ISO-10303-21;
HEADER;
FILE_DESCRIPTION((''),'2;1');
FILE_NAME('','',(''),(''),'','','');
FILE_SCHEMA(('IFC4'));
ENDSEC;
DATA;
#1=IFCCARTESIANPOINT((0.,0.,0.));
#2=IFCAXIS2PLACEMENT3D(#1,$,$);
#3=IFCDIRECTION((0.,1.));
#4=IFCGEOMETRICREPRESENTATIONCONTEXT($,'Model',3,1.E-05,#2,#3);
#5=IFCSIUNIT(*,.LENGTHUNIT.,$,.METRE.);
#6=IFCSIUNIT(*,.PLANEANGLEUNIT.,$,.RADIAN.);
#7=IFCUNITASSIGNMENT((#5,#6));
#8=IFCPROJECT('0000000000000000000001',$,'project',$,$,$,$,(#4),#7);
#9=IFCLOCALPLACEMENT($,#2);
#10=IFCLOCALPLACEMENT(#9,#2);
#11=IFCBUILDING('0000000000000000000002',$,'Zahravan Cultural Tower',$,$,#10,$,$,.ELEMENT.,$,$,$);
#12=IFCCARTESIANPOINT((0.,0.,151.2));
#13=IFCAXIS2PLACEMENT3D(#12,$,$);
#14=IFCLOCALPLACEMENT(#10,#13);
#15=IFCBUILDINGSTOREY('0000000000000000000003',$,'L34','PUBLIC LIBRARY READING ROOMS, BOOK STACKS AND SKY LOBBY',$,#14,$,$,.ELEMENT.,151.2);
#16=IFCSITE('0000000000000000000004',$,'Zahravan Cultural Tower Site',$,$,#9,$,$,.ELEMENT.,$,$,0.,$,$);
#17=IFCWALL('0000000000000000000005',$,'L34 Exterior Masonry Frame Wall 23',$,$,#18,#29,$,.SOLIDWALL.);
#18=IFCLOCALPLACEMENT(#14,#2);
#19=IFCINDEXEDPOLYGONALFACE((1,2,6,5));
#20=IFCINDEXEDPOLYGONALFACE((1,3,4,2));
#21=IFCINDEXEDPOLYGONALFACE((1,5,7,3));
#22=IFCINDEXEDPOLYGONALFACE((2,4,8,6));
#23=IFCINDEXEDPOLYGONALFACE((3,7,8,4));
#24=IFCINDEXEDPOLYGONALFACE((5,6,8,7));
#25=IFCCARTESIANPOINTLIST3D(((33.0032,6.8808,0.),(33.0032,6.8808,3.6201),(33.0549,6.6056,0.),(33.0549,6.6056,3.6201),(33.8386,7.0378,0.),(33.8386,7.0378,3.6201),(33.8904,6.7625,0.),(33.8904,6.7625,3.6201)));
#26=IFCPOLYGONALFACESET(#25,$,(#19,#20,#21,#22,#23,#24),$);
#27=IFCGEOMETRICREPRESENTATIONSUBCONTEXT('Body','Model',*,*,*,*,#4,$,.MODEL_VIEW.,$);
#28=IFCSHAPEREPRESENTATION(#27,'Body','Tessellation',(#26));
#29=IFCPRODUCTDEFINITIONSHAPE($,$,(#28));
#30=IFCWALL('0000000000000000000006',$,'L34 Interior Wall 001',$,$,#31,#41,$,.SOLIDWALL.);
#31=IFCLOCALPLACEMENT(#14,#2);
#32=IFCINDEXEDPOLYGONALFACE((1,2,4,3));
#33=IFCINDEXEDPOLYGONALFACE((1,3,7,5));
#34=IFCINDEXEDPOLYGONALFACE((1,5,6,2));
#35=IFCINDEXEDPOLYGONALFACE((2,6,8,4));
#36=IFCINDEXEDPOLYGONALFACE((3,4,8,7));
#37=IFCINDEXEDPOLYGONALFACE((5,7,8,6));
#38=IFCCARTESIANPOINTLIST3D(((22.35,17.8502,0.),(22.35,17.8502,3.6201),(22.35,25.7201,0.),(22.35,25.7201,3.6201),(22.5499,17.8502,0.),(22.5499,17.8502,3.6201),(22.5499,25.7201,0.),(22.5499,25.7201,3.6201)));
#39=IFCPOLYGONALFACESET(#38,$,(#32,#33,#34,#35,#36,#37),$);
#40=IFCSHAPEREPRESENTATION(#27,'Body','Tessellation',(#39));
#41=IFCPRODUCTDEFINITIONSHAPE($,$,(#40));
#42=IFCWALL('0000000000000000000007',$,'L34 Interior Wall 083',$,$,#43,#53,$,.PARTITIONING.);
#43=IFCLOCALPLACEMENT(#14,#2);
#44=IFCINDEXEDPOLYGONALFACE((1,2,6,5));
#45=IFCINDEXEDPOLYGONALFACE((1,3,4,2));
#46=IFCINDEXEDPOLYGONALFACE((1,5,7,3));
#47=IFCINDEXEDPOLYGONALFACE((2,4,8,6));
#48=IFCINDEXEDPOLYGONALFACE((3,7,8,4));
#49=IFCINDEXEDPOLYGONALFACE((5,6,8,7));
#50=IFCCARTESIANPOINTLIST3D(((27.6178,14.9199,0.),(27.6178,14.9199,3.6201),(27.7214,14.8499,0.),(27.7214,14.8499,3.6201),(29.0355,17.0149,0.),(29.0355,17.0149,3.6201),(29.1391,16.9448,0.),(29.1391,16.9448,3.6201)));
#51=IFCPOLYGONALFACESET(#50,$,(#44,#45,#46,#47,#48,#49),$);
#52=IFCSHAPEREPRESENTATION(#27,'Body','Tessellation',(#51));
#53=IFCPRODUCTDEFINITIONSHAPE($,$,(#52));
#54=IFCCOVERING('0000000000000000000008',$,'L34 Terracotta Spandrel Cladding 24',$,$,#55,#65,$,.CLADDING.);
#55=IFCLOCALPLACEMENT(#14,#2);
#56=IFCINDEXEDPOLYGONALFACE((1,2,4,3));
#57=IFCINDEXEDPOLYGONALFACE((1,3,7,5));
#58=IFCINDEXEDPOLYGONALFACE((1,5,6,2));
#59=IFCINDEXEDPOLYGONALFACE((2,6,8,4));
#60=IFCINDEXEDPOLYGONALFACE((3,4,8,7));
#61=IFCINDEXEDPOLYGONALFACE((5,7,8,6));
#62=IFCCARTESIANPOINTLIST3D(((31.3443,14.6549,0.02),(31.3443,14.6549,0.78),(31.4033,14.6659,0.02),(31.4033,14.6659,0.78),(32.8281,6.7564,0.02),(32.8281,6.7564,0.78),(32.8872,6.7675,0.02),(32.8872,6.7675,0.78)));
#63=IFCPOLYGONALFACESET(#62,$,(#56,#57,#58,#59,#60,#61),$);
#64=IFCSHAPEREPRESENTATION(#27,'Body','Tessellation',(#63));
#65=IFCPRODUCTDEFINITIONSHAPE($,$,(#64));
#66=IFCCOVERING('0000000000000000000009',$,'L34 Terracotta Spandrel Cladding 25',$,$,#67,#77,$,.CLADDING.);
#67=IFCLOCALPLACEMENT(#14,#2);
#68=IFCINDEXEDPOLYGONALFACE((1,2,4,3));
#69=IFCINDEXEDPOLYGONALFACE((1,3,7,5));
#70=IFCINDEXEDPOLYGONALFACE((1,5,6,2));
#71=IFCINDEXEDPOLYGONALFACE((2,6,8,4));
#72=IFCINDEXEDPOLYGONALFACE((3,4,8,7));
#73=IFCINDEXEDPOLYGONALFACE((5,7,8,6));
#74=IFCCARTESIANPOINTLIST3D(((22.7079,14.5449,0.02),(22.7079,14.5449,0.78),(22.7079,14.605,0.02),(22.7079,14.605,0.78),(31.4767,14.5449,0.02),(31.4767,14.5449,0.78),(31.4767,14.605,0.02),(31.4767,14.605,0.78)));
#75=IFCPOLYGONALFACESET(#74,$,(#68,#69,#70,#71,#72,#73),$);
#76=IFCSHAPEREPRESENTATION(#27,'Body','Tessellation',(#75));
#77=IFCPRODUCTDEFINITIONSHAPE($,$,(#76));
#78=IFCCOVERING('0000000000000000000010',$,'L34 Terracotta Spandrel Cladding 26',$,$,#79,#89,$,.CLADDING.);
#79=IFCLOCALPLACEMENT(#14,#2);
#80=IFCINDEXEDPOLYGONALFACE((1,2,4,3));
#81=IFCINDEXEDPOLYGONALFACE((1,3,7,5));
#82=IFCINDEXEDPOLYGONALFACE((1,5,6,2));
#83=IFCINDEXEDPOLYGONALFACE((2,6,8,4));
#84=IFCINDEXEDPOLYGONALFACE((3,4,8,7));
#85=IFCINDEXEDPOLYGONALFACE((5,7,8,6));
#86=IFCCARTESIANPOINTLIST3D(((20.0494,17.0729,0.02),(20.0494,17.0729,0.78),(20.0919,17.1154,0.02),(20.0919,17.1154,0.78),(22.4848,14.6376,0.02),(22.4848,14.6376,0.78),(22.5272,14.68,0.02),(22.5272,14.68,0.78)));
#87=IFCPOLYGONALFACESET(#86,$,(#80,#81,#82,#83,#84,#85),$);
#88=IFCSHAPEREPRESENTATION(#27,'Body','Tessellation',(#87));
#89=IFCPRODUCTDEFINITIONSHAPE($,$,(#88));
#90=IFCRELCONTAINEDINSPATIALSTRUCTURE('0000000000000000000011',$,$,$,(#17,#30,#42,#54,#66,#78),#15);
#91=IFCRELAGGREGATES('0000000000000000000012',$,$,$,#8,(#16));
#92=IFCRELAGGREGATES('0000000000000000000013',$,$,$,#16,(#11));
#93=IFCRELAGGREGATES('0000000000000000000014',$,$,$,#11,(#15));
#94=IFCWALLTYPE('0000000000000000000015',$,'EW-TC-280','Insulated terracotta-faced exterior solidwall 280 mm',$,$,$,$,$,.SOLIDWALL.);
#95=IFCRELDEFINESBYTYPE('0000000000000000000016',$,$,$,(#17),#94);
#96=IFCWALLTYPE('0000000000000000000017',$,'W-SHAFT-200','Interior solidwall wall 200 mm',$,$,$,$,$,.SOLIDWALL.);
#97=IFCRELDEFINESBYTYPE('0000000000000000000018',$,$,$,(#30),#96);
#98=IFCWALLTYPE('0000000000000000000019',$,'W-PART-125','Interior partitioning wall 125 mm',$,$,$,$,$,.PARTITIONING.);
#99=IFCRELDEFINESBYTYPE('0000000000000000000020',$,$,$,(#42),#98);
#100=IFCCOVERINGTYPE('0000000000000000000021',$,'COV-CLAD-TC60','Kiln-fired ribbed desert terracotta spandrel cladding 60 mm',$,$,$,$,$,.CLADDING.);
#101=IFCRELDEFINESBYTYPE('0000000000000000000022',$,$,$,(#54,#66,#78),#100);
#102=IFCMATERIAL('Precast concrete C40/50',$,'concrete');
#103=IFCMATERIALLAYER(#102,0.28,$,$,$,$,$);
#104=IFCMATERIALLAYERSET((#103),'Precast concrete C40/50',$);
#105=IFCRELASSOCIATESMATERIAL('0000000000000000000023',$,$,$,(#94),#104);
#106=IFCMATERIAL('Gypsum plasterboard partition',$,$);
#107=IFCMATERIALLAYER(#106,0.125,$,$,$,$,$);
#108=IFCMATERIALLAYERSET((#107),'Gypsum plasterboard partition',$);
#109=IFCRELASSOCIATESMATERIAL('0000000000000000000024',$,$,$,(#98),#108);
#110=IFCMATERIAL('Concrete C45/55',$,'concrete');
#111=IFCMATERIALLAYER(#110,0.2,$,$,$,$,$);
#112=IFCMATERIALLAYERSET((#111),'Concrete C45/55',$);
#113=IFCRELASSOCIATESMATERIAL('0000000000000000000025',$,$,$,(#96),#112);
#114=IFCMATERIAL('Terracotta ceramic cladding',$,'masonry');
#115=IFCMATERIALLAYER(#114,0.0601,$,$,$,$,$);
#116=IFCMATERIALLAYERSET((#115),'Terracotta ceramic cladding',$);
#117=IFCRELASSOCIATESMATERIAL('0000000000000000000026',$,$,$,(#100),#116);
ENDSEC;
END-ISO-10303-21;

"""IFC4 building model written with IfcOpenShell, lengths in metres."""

from ifc_helpers import new_model, si_unit, direction, frame, frame_2d, origin, origin_2d, place, context, subcontext, project, spatial, rectangle, extrude, source, transform, mapped, material, layer, layer_set, type_object, element, save


model = new_model("IFC4")

# Units and contexts
model_context = context("Model", 3, precision=1e-05, world=origin(), true_north=direction((0.0, 1.0)))
body_context = subcontext(model_context, "Body", "Model", "MODEL_VIEW")
ifc_project = project(units=[si_unit("LENGTHUNIT", "METRE"), si_unit("PLANEANGLEUNIT", "RADIAN")], contexts=[model_context])

# Site, building, storey
site_placement = place(None, origin())
site = spatial("IfcSite", under=ifc_project, at=site_placement, Name="Zahravan Cultural Tower Site", CompositionType="ELEMENT", RefElevation=0.0)
building_placement = place(site_placement, origin())
building = spatial("IfcBuilding", under=site, at=building_placement, Name="Zahravan Cultural Tower", CompositionType="ELEMENT")
storey_placement = place(building_placement, frame((0.0, 0.0, 151.2)))
storey = spatial("IfcBuildingStorey", under=building, at=storey_placement, Name="L34", Description="PUBLIC LIBRARY READING ROOMS, BOOK STACKS AND SKY LOBBY", CompositionType="ELEMENT", Elevation=151.2)

# Shared definitions
ifc_material_1 = material(Name="Precast concrete C40/50", Category="concrete")
ifc_layer_1 = layer(ifc_material_1, 0.28)
ifc_layer_set_1 = layer_set([ifc_layer_1], Name="Precast concrete C40/50")
wall_type_1 = type_object("IfcWallType", Name="EW-TC-280", Description="Insulated terracotta-faced exterior solidwall 280 mm", PredefinedType="SOLIDWALL", material=ifc_layer_set_1)

# Shared definitions
ifc_material_2 = material(Name="Gypsum plasterboard partition")
ifc_layer_2 = layer(ifc_material_2, 0.125)
ifc_layer_set_2 = layer_set([ifc_layer_2], Name="Gypsum plasterboard partition")
wall_type_2 = type_object("IfcWallType", Name="W-PART-125", Description="Interior partitioning wall 125 mm", PredefinedType="PARTITIONING", material=ifc_layer_set_2)
ifc_material_3 = material(Name="Concrete C45/55", Category="concrete")
ifc_layer_3 = layer(ifc_material_3, 0.2)
ifc_layer_set_3 = layer_set([ifc_layer_3], Name="Concrete C45/55")
wall_type_3 = type_object("IfcWallType", Name="W-SHAFT-200", Description="Interior solidwall wall 200 mm", PredefinedType="SOLIDWALL", material=ifc_layer_set_3)

# Walls
shared_shape_1 = source(origin(), body_context, "Body", "SweptSolid", [
    extrude(rectangle(XDim=0.8501, YDim=0.28, at=frame_2d((0.425, 0.0))), origin(), (0.0, 0.0, 1.0), 3.6201),
])
for number, where, z_axis, x_axis, name in (
    (1, (33.8645, 6.9001, 0.0), (0.0, 0.0, 1.0), (-0.982801, -0.18467, 0.0), "L34 Exterior Masonry Frame Wall 23"),
):
    element("IfcWall", number, at=place(storey_placement, frame(where, z_axis=z_axis, x_axis=x_axis)), inside=storey, type_object=wall_type_1, Name=name, PredefinedType="SOLIDWALL", context=body_context, shape_type="MappedRepresentation", body=[
        mapped(shared_shape_1, transform((0.0, 0.0, 0.0), x_axis=(1.0, 0.0, 0.0), y_axis=(0.0, 1.0, 0.0), z_axis=(0.0, 0.0, 1.0), scale=1.0)),
    ])
shared_shape_2 = source(origin(), body_context, "Body", "SweptSolid", [
    extrude(rectangle(XDim=7.8699, YDim=0.2, at=frame_2d((3.9351, 0.0))), origin(), (0.0, 0.0, 1.0), 3.6201),
])
wall_1_placement = place(storey_placement, frame((22.45, 17.8501, 0.0), z_axis=(0.0, 0.0, 1.0), x_axis=(0.0, 1.0, 0.0)))
element("IfcWall", 2, at=wall_1_placement, inside=storey, type_object=wall_type_3, Name="L34 Interior Wall 001", PredefinedType="SOLIDWALL", context=body_context, shape_type="MappedRepresentation", body=[
    mapped(shared_shape_2, transform((0.0, 0.0, 0.0), x_axis=(1.0, 0.0, 0.0), y_axis=(0.0, 1.0, 0.0), z_axis=(0.0, 0.0, 1.0), scale=1.0)),
])
shared_shape_3 = source(origin(), body_context, "Body", "SweptSolid", [
    extrude(rectangle(XDim=2.5295, YDim=0.125, at=frame_2d((1.2646, 0.0))), origin(), (0.0, 0.0, 1.0), 3.6201),
])
wall_2_placement = place(storey_placement, frame((27.6697, 14.885, 0.0), z_axis=(0.0, 0.0, 1.0), x_axis=(0.560455, 0.828185, 0.0)))
element("IfcWall", 3, at=wall_2_placement, inside=storey, type_object=wall_type_2, Name="L34 Interior Wall 083", PredefinedType="PARTITIONING", context=body_context, shape_type="MappedRepresentation", body=[
    mapped(shared_shape_3, transform((0.0, 0.0, 0.0), x_axis=(1.0, 0.0, 0.0), y_axis=(0.0, 1.0, 0.0), z_axis=(0.0, 0.0, 1.0), scale=1.0)),
])

# Coverings
ifc_material_4 = material(Name="Terracotta ceramic cladding", Category="masonry")
ifc_layer_4 = layer(ifc_material_4, 0.0601)
ifc_layer_set_4 = layer_set([ifc_layer_4], Name="Terracotta ceramic cladding")
covering_type = type_object("IfcCoveringType", Name="COV-CLAD-TC60", Description="Kiln-fired ribbed desert terracotta spandrel cladding 60 mm", PredefinedType="CLADDING", material=ifc_layer_set_4)
shared_shape_4 = source(origin(), body_context, "Body", "SweptSolid", [
    extrude(rectangle(XDim=8.0366, YDim=0.0601, at=origin_2d()), origin(), (0.0, 0.0, 1.0), 0.76),
])
covering_1_placement = place(storey_placement, frame((32.1157, 10.7112, 0.02), z_axis=(0.0, 0.0, 1.0), x_axis=(-0.184638, 0.982807, 0.0)))
element("IfcCovering", 4, at=covering_1_placement, inside=storey, type_object=covering_type, Name="L34 Terracotta Spandrel Cladding 24", PredefinedType="CLADDING", context=body_context, shape_type="MappedRepresentation", body=[
    mapped(shared_shape_4, transform((0.0, 0.0, 0.0), x_axis=(1.0, 0.0, 0.0), y_axis=(0.0, 1.0, 0.0), z_axis=(0.0, 0.0, 1.0), scale=1.0)),
])
shared_shape_5 = source(origin(), body_context, "Body", "SweptSolid", [
    extrude(rectangle(XDim=8.7688, YDim=0.0601, at=origin_2d()), origin(), (0.0, 0.0, 1.0), 0.76),
])
covering_2_placement = place(storey_placement, frame((27.0923, 14.575, 0.02), z_axis=(0.0, 0.0, 1.0), x_axis=(-1.0, 0.0, 0.0)))
element("IfcCovering", 5, at=covering_2_placement, inside=storey, type_object=covering_type, Name="L34 Terracotta Spandrel Cladding 25", PredefinedType="CLADDING", context=body_context, shape_type="MappedRepresentation", body=[
    mapped(shared_shape_5, transform((0.0, 0.0, 0.0), x_axis=(1.0, 0.0, 0.0), y_axis=(0.0, 1.0, 0.0), z_axis=(0.0, 0.0, 1.0), scale=1.0)),
])
shared_shape_6 = source(origin(), body_context, "Body", "SweptSolid", [
    extrude(rectangle(XDim=3.4441, YDim=0.0601, at=origin_2d()), origin(), (0.0, 0.0, 1.0), 0.76),
])
covering_3_placement = place(storey_placement, frame((21.2883, 15.8765, 0.02), z_axis=(0.0, 0.0, 1.0), x_axis=(-0.707107, 0.707107, 0.0)))
element("IfcCovering", 6, at=covering_3_placement, inside=storey, type_object=covering_type, Name="L34 Terracotta Spandrel Cladding 26", PredefinedType="CLADDING", context=body_context, shape_type="MappedRepresentation", body=[
    mapped(shared_shape_6, transform((0.0, 0.0, 0.0), x_axis=(1.0, 0.0, 0.0), y_axis=(0.0, 1.0, 0.0), z_axis=(0.0, 0.0, 1.0), scale=1.0)),
])

save(model, "model.ifc")
